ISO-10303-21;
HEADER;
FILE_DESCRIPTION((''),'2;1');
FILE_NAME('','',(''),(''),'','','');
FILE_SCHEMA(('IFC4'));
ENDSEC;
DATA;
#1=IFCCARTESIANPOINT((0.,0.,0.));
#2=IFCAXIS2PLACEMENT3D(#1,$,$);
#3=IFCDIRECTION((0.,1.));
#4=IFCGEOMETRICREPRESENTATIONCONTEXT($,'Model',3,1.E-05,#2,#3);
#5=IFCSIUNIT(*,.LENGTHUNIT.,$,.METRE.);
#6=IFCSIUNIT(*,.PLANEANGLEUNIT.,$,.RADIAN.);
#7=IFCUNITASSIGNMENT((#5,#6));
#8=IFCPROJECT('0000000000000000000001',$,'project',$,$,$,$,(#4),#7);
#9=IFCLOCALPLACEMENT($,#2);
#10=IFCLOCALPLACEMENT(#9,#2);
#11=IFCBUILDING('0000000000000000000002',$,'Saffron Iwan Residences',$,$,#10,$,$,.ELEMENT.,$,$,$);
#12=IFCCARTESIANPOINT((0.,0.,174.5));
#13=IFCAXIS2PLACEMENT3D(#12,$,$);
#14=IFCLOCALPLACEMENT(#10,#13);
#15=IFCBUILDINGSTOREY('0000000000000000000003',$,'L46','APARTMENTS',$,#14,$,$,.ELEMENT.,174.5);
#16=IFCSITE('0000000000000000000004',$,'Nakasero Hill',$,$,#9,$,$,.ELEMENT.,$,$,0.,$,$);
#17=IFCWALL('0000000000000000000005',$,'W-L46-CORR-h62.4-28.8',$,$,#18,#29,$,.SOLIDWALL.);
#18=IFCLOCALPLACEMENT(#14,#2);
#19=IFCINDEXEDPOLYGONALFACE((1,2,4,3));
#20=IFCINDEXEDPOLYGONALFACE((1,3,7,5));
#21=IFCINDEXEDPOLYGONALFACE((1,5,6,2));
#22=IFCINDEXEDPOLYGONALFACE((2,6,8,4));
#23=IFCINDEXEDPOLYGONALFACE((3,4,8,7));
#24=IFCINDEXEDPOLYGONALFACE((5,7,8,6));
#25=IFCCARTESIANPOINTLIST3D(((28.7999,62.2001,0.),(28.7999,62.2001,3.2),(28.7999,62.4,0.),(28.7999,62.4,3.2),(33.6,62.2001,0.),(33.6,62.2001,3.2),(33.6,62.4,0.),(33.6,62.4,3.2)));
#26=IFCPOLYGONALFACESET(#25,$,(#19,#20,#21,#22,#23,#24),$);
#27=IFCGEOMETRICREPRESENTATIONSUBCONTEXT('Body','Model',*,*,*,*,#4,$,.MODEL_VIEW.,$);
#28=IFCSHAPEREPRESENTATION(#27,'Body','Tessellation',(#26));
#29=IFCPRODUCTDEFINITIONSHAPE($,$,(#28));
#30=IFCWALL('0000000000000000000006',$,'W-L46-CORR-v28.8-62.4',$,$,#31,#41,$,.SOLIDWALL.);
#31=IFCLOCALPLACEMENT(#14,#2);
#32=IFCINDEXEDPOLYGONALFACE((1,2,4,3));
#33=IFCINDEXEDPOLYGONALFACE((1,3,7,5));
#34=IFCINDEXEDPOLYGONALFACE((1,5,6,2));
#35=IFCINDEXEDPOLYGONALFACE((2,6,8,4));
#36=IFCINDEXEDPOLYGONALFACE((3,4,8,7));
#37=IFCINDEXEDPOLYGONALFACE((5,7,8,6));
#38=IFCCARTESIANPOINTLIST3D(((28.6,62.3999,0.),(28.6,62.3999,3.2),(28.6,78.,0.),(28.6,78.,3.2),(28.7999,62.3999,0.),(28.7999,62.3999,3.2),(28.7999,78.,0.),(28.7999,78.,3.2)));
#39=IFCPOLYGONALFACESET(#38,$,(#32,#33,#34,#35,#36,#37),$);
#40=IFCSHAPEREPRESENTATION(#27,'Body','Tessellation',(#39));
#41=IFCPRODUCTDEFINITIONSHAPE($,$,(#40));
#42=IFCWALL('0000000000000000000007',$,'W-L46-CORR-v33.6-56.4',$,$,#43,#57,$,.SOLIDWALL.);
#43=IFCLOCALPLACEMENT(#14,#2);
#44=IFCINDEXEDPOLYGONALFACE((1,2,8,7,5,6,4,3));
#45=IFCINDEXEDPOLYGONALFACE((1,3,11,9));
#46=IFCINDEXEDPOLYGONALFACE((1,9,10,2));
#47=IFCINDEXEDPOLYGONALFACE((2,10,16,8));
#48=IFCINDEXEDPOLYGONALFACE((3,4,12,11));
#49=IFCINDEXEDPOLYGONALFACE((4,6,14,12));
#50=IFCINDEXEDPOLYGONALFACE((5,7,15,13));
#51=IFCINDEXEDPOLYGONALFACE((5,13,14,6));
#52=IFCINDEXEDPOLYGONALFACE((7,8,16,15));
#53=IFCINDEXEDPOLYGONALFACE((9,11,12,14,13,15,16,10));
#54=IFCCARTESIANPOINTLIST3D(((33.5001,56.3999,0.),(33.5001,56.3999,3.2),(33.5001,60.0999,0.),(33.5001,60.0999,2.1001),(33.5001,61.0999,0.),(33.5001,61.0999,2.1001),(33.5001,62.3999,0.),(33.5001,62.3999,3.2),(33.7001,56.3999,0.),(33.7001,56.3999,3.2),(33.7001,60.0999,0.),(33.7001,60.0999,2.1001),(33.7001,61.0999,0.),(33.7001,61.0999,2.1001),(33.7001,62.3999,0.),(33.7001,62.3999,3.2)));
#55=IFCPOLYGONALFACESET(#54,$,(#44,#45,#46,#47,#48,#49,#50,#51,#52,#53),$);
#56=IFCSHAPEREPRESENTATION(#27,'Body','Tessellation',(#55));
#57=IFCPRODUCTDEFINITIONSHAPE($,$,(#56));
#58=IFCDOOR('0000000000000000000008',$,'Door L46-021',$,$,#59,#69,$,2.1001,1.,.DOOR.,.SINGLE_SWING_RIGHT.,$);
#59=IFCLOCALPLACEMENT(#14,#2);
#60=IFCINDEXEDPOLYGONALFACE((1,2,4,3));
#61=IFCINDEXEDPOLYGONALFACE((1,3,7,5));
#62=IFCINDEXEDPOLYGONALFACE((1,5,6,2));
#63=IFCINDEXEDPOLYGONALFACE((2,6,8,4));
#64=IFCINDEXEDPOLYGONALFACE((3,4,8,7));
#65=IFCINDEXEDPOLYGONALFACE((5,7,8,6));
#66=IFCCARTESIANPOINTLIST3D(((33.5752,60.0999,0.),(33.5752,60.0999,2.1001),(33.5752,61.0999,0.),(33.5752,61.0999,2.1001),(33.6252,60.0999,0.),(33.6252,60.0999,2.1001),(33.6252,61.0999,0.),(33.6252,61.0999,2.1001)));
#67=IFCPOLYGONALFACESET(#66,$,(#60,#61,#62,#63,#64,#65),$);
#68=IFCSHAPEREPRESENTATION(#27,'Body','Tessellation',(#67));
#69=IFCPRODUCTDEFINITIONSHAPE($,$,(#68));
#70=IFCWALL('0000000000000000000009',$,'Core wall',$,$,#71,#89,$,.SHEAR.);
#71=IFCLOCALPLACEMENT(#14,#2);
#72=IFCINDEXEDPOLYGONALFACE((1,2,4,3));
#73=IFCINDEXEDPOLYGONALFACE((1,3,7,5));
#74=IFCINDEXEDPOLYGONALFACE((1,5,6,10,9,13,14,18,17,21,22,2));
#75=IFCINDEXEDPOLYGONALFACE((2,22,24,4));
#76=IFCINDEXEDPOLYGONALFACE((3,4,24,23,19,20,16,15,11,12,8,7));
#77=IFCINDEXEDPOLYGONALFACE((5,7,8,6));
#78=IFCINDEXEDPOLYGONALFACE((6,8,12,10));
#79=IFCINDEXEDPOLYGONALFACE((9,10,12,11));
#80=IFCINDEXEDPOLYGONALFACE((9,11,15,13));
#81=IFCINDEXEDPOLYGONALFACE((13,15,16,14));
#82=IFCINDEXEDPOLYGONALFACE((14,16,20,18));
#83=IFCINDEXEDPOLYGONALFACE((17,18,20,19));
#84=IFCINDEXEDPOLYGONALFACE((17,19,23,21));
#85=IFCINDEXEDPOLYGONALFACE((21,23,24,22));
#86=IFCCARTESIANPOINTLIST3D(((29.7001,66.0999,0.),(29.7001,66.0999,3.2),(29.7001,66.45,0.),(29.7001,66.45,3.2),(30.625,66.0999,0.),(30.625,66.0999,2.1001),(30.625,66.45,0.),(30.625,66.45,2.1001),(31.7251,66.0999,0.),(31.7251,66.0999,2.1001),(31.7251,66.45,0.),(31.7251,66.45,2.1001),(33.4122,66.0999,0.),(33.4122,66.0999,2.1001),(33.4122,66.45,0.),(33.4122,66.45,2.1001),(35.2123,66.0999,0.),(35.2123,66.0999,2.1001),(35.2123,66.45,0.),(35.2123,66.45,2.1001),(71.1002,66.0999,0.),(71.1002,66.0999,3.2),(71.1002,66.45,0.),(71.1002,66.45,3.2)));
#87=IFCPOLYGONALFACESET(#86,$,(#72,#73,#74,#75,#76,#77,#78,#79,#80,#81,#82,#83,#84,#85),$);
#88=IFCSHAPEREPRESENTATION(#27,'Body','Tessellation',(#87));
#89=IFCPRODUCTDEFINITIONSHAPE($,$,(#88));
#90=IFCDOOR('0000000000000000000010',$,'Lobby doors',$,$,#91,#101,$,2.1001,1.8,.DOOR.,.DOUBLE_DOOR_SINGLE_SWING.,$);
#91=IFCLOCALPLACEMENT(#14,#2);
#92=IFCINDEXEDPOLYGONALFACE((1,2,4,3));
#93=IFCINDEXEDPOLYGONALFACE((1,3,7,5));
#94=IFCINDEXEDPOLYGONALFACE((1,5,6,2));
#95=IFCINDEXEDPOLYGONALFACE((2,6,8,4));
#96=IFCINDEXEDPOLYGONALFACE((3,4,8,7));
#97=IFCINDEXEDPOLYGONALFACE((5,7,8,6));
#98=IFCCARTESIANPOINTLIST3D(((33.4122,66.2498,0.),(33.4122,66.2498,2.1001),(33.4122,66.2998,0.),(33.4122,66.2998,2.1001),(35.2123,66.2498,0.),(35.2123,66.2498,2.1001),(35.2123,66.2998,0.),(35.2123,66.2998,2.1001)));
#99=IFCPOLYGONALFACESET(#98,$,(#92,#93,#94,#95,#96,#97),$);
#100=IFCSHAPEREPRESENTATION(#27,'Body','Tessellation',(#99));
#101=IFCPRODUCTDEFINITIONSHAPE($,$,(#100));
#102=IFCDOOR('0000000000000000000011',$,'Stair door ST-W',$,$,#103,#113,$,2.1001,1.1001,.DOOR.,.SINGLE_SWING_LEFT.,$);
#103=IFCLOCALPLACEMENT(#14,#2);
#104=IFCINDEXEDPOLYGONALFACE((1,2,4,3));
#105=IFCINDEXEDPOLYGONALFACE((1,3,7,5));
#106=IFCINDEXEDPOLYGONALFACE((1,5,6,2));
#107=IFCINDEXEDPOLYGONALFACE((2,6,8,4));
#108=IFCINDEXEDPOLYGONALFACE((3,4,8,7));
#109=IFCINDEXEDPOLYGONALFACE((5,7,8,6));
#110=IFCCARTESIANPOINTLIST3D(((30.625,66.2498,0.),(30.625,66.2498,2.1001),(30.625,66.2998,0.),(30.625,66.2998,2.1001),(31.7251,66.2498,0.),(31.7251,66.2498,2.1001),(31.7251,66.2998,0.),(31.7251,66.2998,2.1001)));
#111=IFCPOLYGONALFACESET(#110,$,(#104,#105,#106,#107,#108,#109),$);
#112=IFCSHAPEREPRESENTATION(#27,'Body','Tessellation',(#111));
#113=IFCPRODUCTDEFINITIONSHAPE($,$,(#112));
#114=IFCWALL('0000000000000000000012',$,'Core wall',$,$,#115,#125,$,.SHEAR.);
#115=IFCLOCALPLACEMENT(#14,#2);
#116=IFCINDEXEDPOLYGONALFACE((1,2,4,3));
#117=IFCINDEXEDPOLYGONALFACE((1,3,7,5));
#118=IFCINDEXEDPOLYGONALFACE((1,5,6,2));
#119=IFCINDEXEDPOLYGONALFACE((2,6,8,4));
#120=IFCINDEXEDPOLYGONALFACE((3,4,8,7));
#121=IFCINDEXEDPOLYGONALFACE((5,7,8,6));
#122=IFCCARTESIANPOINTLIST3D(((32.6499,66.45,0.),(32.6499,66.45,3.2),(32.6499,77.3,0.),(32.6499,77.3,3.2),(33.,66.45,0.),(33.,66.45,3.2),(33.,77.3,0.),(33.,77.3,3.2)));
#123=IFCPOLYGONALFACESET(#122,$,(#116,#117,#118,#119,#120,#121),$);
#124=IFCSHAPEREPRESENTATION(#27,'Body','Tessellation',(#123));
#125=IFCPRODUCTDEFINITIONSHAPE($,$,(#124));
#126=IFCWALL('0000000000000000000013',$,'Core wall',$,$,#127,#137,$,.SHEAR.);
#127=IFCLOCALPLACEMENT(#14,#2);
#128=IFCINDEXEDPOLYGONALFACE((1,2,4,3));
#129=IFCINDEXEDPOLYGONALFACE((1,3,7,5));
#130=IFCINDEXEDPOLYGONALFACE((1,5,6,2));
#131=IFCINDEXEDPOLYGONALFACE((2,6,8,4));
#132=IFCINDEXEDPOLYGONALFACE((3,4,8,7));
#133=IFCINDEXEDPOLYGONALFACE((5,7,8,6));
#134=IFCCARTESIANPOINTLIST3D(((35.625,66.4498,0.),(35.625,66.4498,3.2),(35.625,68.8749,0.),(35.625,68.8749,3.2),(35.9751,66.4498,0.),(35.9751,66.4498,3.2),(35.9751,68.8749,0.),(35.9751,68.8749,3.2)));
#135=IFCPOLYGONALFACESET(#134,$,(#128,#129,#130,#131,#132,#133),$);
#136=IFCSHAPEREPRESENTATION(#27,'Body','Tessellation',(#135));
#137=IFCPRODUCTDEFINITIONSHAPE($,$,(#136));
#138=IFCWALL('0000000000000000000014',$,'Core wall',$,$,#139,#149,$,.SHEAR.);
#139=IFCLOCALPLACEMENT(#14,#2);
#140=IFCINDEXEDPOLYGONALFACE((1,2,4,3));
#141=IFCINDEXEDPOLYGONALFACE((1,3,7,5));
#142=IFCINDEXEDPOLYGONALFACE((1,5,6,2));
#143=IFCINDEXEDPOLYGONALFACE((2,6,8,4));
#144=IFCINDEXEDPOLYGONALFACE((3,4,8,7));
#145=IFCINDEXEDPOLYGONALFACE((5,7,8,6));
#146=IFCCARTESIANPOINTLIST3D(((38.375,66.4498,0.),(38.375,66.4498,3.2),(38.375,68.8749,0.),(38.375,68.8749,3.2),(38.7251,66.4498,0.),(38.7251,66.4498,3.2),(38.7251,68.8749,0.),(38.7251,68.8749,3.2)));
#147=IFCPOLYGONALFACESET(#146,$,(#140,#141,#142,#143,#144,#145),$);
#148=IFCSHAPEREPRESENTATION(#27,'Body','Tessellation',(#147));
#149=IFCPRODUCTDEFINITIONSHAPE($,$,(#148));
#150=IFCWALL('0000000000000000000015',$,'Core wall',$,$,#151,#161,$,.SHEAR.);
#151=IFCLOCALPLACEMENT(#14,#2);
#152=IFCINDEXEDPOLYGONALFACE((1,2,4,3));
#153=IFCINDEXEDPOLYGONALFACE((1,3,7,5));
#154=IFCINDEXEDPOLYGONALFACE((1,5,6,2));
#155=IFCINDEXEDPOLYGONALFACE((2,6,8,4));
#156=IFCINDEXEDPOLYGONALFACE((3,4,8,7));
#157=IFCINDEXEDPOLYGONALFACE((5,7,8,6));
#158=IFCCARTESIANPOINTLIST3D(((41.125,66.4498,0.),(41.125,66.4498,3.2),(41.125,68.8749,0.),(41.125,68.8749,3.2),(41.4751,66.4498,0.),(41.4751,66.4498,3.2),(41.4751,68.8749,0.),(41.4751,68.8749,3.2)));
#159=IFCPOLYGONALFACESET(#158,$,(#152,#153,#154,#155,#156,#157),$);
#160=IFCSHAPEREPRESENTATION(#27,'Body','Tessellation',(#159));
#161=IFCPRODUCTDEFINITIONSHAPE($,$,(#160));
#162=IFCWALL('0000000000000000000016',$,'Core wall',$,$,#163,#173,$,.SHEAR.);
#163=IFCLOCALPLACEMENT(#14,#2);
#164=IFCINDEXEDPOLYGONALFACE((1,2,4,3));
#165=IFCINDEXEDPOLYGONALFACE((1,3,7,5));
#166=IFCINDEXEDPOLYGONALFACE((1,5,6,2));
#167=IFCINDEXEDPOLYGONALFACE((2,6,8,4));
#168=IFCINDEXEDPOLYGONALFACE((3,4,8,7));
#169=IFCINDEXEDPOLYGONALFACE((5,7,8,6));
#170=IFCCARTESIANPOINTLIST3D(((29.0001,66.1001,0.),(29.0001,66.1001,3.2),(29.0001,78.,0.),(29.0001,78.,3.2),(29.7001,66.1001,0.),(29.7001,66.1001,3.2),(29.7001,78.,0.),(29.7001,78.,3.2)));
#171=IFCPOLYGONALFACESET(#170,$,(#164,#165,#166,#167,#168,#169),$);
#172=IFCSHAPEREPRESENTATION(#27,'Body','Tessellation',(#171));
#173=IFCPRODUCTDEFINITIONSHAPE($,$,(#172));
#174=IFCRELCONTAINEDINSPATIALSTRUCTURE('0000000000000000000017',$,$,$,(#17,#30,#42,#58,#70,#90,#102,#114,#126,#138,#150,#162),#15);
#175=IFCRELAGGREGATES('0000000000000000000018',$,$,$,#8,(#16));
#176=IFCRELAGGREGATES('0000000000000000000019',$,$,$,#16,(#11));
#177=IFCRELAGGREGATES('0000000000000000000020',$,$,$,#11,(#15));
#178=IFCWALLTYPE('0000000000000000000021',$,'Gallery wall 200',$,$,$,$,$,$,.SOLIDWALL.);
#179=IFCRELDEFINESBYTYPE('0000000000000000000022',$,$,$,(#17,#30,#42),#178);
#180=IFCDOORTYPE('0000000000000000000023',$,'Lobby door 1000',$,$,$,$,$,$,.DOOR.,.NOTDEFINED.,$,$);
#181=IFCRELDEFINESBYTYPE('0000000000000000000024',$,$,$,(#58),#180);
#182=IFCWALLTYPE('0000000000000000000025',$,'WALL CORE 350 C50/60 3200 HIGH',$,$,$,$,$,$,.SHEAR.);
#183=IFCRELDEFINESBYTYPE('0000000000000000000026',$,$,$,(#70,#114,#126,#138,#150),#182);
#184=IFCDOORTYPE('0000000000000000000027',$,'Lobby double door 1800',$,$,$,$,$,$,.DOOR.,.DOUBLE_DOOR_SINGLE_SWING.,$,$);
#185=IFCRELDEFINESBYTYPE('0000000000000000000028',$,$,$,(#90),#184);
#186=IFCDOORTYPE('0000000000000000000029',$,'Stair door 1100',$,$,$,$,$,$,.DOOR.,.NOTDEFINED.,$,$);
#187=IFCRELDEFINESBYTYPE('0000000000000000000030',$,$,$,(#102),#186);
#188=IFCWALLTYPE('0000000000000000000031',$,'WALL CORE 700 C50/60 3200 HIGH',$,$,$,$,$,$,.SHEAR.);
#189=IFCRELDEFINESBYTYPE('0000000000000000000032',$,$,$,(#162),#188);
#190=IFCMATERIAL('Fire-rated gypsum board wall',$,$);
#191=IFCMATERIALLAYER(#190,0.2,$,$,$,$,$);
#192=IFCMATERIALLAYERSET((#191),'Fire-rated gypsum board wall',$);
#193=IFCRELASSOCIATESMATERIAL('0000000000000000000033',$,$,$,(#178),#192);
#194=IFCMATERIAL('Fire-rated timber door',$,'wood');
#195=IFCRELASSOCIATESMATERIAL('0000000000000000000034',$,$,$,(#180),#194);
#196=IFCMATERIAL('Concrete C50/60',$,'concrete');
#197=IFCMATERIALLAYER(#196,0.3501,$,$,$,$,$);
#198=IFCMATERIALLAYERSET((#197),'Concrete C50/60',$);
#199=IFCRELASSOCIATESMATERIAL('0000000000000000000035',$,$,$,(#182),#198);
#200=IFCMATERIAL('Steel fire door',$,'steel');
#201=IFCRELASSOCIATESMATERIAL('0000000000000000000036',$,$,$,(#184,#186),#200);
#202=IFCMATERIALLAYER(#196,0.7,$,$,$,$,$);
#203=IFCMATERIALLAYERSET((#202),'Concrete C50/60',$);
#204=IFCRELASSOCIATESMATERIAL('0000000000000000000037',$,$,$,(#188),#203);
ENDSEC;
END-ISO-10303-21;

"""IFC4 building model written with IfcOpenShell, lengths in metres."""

from ifc_helpers import new_model, si_unit, direction, frame, frame_2d, origin, place, context, subcontext, project, spatial, rectangle, extrude, material, layer, layer_set, type_object, element, fill, save


model = new_model("IFC4")

# Units and contexts
model_context = context("Model", 3, precision=1e-05, world=origin(), true_north=direction((0.0, 1.0)))
body_context = subcontext(model_context, "Body", "Model", "MODEL_VIEW")
ifc_project = project(units=[si_unit("LENGTHUNIT", "METRE"), si_unit("PLANEANGLEUNIT", "RADIAN")], contexts=[model_context])

# Site, building, storey
site_placement = place(None, origin())
site = spatial("IfcSite", under=ifc_project, at=site_placement, Name="Nakasero Hill", CompositionType="ELEMENT", RefElevation=0.0)
building_placement = place(site_placement, origin())
building = spatial("IfcBuilding", under=site, at=building_placement, Name="Saffron Iwan Residences", CompositionType="ELEMENT")
storey_placement = place(building_placement, frame((0.0, 0.0, 174.5)))
storey = spatial("IfcBuildingStorey", under=building, at=storey_placement, Name="L46", Description="APARTMENTS", CompositionType="ELEMENT", Elevation=174.5)

# Shared definitions
ifc_material_1 = material(Name="Concrete C50/60", Category="concrete")

# Shared definitions
ifc_material_2 = material(Name="Steel fire door", Category="steel")

# Shared definitions
ifc_material_3 = material(Name="Fire-rated gypsum board wall")

# Walls
ifc_layer_1 = layer(ifc_material_3, 0.2)
ifc_layer_set_1 = layer_set([ifc_layer_1], Name="Fire-rated gypsum board wall")
wall_type_1 = type_object("IfcWallType", Name="Gallery wall 200", PredefinedType="SOLIDWALL", material=ifc_layer_set_1)
wall_1_placement = place(storey_placement, frame((28.8, 62.3, 0.0), z_axis=(0.0, 0.0, 1.0), x_axis=(1.0, 0.0, 0.0)))
element("IfcWall", 1, at=wall_1_placement, inside=storey, type_object=wall_type_1, Name="W-L46-CORR-h62.4-28.8", PredefinedType="SOLIDWALL", context=body_context, shape_type="SweptSolid", body=[
    extrude(rectangle(XDim=4.8, YDim=0.2, at=frame_2d((2.3999, 0.0))), origin(), (0.0, 0.0, 1.0), 3.2),
])
wall_2_placement = place(storey_placement, frame((28.7, 62.3999, 0.0), z_axis=(0.0, 0.0, 1.0), x_axis=(0.0, 1.0, 0.0)))
element("IfcWall", 2, at=wall_2_placement, inside=storey, type_object=wall_type_1, Name="W-L46-CORR-v28.8-62.4", PredefinedType="SOLIDWALL", context=body_context, shape_type="SweptSolid", body=[
    extrude(rectangle(XDim=15.6001, YDim=0.2, at=frame_2d((7.8, 0.0))), origin(), (0.0, 0.0, 1.0), 3.2),
])

# Wall, opening, door
wall_3_placement = place(storey_placement, frame((33.6001, 56.3999, 0.0), z_axis=(0.0, 0.0, 1.0), x_axis=(0.0, 1.0, 0.0)))
wall_3 = element("IfcWall", 3, at=wall_3_placement, inside=storey, type_object=wall_type_1, Name="W-L46-CORR-v33.6-56.4", PredefinedType="SOLIDWALL", context=body_context, shape_type="SweptSolid", body=[
    extrude(rectangle(XDim=6.0, YDim=0.2, at=frame_2d((3.0, 0.0))), origin(), (0.0, 0.0, 1.0), 3.2),
])
opening_1_placement = place(wall_3_placement, frame((3.7, 0.0, 0.0)))
opening_1 = element("IfcOpeningElement", 4, at=opening_1_placement, cuts=wall_3, PredefinedType="OPENING", context=body_context, shape_type="SweptSolid", body=[
    extrude(rectangle(XDim=1.0, YDim=2.1001, at=frame_2d((0.5, 1.05))), frame((0.0, 0.1099, 0.0), z_axis=(0.0, -1.0, 0.0), x_axis=(1.0, 0.0, 0.0)), (0.0, 0.0, 1.0), 0.22),
])
ifc_material_4 = material(Name="Fire-rated timber door", Category="wood")
door_type_1 = type_object("IfcDoorType", Name="Lobby door 1000", OperationType="NOTDEFINED", PredefinedType="DOOR", material=ifc_material_4)
door_1_placement = place(opening_1_placement, origin())
door_1 = element("IfcDoor", 5, at=door_1_placement, inside=storey, type_object=door_type_1, Name="Door L46-021", OperationType="SINGLE_SWING_RIGHT", OverallHeight=2.1001, OverallWidth=1.0, PredefinedType="DOOR", context=body_context, shape_type="SweptSolid", body=[
    extrude(rectangle(XDim=1.0, YDim=2.1001, at=frame_2d((0.5, 1.05))), frame((0.0, 0.0249, 0.0), z_axis=(0.0, -1.0, 0.0), x_axis=(1.0, 0.0, 0.0)), (0.0, 0.0, 1.0), 0.05),
])
fill(opening_1, door_1)

# Wall, openings, doors
ifc_layer_2 = layer(ifc_material_1, 0.3501)
ifc_layer_set_2 = layer_set([ifc_layer_2], Name="Concrete C50/60")
wall_type_2 = type_object("IfcWallType", Name="WALL CORE 350 C50/60 3200 HIGH", PredefinedType="SHEAR", material=ifc_layer_set_2)
wall_4_placement = place(storey_placement, frame((29.7, 66.2749, 0.0), z_axis=(0.0, 0.0, 1.0), x_axis=(1.0, 0.0, 0.0)))
wall_4 = element("IfcWall", 6, at=wall_4_placement, inside=storey, type_object=wall_type_2, Name="Core wall", PredefinedType="SHEAR", context=body_context, shape_type="SweptSolid", body=[
    extrude(rectangle(XDim=41.4001, YDim=0.3501, at=frame_2d((20.7002, 0.0))), origin(), (0.0, 0.0, 1.0), 3.2),
])
opening_2_placement = place(wall_4_placement, frame((0.925, 0.0, 0.0)))
opening_2 = element("IfcOpeningElement", 7, at=opening_2_placement, cuts=wall_4, PredefinedType="OPENING", context=body_context, shape_type="SweptSolid", body=[
    extrude(rectangle(XDim=1.1001, YDim=2.1001, at=frame_2d((0.55, 1.05))), frame((0.0, 0.1851, 0.0), z_axis=(0.0, -1.0, 0.0), x_axis=(1.0, 0.0, 0.0)), (0.0, 0.0, 1.0), 0.3701),
])
opening_3_placement = place(wall_4_placement, frame((3.7124, 0.0, 0.0)))
opening_3 = element("IfcOpeningElement", 8, at=opening_3_placement, cuts=wall_4, PredefinedType="OPENING", context=body_context, shape_type="SweptSolid", body=[
    extrude(rectangle(XDim=1.8, YDim=2.1001, at=frame_2d((0.8999, 1.05))), frame((0.0, 0.1851, 0.0), z_axis=(0.0, -1.0, 0.0), x_axis=(1.0, 0.0, 0.0)), (0.0, 0.0, 1.0), 0.3701),
])
door_type_2 = type_object("IfcDoorType", Name="Lobby double door 1800", OperationType="DOUBLE_DOOR_SINGLE_SWING", PredefinedType="DOOR", material=ifc_material_2)
door_2_placement = place(opening_3_placement, origin())
door_2 = element("IfcDoor", 9, at=door_2_placement, inside=storey, type_object=door_type_2, Name="Lobby doors", OperationType="DOUBLE_DOOR_SINGLE_SWING", OverallHeight=2.1001, OverallWidth=1.8, PredefinedType="DOOR", context=body_context, shape_type="SweptSolid", body=[
    extrude(rectangle(XDim=1.8, YDim=2.1001, at=frame_2d((0.8999, 1.05))), frame((0.0, 0.0249, 0.0), z_axis=(0.0, -1.0, 0.0), x_axis=(1.0, 0.0, 0.0)), (0.0, 0.0, 1.0), 0.05),
])
fill(opening_3, door_2)
door_type_3 = type_object("IfcDoorType", Name="Stair door 1100", OperationType="NOTDEFINED", PredefinedType="DOOR", material=ifc_material_2)
door_3_placement = place(opening_2_placement, origin())
door_3 = element("IfcDoor", 10, at=door_3_placement, inside=storey, type_object=door_type_3, Name="Stair door ST-W", OperationType="SINGLE_SWING_LEFT", OverallHeight=2.1001, OverallWidth=1.1001, PredefinedType="DOOR", context=body_context, shape_type="SweptSolid", body=[
    extrude(rectangle(XDim=1.1001, YDim=2.1001, at=frame_2d((0.55, 1.05))), frame((0.0, 0.0249, 0.0), z_axis=(0.0, -1.0, 0.0), x_axis=(1.0, 0.0, 0.0)), (0.0, 0.0, 1.0), 0.05),
])
fill(opening_2, door_3)

# Walls
wall_5_placement = place(storey_placement, frame((32.825, 66.45, 0.0), z_axis=(0.0, 0.0, 1.0), x_axis=(0.0, 1.0, 0.0)))
element("IfcWall", 11, at=wall_5_placement, inside=storey, type_object=wall_type_2, Name="Core wall", PredefinedType="SHEAR", context=body_context, shape_type="SweptSolid", body=[
    extrude(rectangle(XDim=10.8501, YDim=0.3501, at=frame_2d((5.425, 0.0))), origin(), (0.0, 0.0, 1.0), 3.2),
])
for number, where, z_axis, x_axis, name in (
    (12, (35.8, 66.45, 0.0), (0.0, 0.0, 1.0), (0.0, 1.0, 0.0), "Core wall"),
    (13, (38.55, 66.45, 0.0), (0.0, 0.0, 1.0), (0.0, 1.0, 0.0), "Core wall"),
    (14, (41.3, 66.45, 0.0), (0.0, 0.0, 1.0), (0.0, 1.0, 0.0), "Core wall"),
):
    element("IfcWall", number, at=place(storey_placement, frame(where, z_axis=z_axis, x_axis=x_axis)), inside=storey, type_object=wall_type_2, Name=name, PredefinedType="SHEAR", context=body_context, shape_type="SweptSolid", body=[
        extrude(rectangle(XDim=2.425, YDim=0.3501, at=frame_2d((1.2124, 0.0))), origin(), (0.0, 0.0, 1.0), 3.2),
    ])
ifc_layer_3 = layer(ifc_material_1, 0.7)
ifc_layer_set_3 = layer_set([ifc_layer_3], Name="Concrete C50/60")
wall_type_3 = type_object("IfcWallType", Name="WALL CORE 700 C50/60 3200 HIGH", PredefinedType="SHEAR", material=ifc_layer_set_3)
wall_6_placement = place(storey_placement, frame((29.3501, 66.1001, 0.0), z_axis=(0.0, 0.0, 1.0), x_axis=(0.0, 1.0, 0.0)))
element("IfcWall", 15, at=wall_6_placement, inside=storey, type_object=wall_type_3, Name="Core wall", PredefinedType="SHEAR", context=body_context, shape_type="SweptSolid", body=[
    extrude(rectangle(XDim=11.8999, YDim=0.7, at=frame_2d((5.95, 0.0))), origin(), (0.0, 0.0, 1.0), 3.2),
])

save(model, "model.ifc")
